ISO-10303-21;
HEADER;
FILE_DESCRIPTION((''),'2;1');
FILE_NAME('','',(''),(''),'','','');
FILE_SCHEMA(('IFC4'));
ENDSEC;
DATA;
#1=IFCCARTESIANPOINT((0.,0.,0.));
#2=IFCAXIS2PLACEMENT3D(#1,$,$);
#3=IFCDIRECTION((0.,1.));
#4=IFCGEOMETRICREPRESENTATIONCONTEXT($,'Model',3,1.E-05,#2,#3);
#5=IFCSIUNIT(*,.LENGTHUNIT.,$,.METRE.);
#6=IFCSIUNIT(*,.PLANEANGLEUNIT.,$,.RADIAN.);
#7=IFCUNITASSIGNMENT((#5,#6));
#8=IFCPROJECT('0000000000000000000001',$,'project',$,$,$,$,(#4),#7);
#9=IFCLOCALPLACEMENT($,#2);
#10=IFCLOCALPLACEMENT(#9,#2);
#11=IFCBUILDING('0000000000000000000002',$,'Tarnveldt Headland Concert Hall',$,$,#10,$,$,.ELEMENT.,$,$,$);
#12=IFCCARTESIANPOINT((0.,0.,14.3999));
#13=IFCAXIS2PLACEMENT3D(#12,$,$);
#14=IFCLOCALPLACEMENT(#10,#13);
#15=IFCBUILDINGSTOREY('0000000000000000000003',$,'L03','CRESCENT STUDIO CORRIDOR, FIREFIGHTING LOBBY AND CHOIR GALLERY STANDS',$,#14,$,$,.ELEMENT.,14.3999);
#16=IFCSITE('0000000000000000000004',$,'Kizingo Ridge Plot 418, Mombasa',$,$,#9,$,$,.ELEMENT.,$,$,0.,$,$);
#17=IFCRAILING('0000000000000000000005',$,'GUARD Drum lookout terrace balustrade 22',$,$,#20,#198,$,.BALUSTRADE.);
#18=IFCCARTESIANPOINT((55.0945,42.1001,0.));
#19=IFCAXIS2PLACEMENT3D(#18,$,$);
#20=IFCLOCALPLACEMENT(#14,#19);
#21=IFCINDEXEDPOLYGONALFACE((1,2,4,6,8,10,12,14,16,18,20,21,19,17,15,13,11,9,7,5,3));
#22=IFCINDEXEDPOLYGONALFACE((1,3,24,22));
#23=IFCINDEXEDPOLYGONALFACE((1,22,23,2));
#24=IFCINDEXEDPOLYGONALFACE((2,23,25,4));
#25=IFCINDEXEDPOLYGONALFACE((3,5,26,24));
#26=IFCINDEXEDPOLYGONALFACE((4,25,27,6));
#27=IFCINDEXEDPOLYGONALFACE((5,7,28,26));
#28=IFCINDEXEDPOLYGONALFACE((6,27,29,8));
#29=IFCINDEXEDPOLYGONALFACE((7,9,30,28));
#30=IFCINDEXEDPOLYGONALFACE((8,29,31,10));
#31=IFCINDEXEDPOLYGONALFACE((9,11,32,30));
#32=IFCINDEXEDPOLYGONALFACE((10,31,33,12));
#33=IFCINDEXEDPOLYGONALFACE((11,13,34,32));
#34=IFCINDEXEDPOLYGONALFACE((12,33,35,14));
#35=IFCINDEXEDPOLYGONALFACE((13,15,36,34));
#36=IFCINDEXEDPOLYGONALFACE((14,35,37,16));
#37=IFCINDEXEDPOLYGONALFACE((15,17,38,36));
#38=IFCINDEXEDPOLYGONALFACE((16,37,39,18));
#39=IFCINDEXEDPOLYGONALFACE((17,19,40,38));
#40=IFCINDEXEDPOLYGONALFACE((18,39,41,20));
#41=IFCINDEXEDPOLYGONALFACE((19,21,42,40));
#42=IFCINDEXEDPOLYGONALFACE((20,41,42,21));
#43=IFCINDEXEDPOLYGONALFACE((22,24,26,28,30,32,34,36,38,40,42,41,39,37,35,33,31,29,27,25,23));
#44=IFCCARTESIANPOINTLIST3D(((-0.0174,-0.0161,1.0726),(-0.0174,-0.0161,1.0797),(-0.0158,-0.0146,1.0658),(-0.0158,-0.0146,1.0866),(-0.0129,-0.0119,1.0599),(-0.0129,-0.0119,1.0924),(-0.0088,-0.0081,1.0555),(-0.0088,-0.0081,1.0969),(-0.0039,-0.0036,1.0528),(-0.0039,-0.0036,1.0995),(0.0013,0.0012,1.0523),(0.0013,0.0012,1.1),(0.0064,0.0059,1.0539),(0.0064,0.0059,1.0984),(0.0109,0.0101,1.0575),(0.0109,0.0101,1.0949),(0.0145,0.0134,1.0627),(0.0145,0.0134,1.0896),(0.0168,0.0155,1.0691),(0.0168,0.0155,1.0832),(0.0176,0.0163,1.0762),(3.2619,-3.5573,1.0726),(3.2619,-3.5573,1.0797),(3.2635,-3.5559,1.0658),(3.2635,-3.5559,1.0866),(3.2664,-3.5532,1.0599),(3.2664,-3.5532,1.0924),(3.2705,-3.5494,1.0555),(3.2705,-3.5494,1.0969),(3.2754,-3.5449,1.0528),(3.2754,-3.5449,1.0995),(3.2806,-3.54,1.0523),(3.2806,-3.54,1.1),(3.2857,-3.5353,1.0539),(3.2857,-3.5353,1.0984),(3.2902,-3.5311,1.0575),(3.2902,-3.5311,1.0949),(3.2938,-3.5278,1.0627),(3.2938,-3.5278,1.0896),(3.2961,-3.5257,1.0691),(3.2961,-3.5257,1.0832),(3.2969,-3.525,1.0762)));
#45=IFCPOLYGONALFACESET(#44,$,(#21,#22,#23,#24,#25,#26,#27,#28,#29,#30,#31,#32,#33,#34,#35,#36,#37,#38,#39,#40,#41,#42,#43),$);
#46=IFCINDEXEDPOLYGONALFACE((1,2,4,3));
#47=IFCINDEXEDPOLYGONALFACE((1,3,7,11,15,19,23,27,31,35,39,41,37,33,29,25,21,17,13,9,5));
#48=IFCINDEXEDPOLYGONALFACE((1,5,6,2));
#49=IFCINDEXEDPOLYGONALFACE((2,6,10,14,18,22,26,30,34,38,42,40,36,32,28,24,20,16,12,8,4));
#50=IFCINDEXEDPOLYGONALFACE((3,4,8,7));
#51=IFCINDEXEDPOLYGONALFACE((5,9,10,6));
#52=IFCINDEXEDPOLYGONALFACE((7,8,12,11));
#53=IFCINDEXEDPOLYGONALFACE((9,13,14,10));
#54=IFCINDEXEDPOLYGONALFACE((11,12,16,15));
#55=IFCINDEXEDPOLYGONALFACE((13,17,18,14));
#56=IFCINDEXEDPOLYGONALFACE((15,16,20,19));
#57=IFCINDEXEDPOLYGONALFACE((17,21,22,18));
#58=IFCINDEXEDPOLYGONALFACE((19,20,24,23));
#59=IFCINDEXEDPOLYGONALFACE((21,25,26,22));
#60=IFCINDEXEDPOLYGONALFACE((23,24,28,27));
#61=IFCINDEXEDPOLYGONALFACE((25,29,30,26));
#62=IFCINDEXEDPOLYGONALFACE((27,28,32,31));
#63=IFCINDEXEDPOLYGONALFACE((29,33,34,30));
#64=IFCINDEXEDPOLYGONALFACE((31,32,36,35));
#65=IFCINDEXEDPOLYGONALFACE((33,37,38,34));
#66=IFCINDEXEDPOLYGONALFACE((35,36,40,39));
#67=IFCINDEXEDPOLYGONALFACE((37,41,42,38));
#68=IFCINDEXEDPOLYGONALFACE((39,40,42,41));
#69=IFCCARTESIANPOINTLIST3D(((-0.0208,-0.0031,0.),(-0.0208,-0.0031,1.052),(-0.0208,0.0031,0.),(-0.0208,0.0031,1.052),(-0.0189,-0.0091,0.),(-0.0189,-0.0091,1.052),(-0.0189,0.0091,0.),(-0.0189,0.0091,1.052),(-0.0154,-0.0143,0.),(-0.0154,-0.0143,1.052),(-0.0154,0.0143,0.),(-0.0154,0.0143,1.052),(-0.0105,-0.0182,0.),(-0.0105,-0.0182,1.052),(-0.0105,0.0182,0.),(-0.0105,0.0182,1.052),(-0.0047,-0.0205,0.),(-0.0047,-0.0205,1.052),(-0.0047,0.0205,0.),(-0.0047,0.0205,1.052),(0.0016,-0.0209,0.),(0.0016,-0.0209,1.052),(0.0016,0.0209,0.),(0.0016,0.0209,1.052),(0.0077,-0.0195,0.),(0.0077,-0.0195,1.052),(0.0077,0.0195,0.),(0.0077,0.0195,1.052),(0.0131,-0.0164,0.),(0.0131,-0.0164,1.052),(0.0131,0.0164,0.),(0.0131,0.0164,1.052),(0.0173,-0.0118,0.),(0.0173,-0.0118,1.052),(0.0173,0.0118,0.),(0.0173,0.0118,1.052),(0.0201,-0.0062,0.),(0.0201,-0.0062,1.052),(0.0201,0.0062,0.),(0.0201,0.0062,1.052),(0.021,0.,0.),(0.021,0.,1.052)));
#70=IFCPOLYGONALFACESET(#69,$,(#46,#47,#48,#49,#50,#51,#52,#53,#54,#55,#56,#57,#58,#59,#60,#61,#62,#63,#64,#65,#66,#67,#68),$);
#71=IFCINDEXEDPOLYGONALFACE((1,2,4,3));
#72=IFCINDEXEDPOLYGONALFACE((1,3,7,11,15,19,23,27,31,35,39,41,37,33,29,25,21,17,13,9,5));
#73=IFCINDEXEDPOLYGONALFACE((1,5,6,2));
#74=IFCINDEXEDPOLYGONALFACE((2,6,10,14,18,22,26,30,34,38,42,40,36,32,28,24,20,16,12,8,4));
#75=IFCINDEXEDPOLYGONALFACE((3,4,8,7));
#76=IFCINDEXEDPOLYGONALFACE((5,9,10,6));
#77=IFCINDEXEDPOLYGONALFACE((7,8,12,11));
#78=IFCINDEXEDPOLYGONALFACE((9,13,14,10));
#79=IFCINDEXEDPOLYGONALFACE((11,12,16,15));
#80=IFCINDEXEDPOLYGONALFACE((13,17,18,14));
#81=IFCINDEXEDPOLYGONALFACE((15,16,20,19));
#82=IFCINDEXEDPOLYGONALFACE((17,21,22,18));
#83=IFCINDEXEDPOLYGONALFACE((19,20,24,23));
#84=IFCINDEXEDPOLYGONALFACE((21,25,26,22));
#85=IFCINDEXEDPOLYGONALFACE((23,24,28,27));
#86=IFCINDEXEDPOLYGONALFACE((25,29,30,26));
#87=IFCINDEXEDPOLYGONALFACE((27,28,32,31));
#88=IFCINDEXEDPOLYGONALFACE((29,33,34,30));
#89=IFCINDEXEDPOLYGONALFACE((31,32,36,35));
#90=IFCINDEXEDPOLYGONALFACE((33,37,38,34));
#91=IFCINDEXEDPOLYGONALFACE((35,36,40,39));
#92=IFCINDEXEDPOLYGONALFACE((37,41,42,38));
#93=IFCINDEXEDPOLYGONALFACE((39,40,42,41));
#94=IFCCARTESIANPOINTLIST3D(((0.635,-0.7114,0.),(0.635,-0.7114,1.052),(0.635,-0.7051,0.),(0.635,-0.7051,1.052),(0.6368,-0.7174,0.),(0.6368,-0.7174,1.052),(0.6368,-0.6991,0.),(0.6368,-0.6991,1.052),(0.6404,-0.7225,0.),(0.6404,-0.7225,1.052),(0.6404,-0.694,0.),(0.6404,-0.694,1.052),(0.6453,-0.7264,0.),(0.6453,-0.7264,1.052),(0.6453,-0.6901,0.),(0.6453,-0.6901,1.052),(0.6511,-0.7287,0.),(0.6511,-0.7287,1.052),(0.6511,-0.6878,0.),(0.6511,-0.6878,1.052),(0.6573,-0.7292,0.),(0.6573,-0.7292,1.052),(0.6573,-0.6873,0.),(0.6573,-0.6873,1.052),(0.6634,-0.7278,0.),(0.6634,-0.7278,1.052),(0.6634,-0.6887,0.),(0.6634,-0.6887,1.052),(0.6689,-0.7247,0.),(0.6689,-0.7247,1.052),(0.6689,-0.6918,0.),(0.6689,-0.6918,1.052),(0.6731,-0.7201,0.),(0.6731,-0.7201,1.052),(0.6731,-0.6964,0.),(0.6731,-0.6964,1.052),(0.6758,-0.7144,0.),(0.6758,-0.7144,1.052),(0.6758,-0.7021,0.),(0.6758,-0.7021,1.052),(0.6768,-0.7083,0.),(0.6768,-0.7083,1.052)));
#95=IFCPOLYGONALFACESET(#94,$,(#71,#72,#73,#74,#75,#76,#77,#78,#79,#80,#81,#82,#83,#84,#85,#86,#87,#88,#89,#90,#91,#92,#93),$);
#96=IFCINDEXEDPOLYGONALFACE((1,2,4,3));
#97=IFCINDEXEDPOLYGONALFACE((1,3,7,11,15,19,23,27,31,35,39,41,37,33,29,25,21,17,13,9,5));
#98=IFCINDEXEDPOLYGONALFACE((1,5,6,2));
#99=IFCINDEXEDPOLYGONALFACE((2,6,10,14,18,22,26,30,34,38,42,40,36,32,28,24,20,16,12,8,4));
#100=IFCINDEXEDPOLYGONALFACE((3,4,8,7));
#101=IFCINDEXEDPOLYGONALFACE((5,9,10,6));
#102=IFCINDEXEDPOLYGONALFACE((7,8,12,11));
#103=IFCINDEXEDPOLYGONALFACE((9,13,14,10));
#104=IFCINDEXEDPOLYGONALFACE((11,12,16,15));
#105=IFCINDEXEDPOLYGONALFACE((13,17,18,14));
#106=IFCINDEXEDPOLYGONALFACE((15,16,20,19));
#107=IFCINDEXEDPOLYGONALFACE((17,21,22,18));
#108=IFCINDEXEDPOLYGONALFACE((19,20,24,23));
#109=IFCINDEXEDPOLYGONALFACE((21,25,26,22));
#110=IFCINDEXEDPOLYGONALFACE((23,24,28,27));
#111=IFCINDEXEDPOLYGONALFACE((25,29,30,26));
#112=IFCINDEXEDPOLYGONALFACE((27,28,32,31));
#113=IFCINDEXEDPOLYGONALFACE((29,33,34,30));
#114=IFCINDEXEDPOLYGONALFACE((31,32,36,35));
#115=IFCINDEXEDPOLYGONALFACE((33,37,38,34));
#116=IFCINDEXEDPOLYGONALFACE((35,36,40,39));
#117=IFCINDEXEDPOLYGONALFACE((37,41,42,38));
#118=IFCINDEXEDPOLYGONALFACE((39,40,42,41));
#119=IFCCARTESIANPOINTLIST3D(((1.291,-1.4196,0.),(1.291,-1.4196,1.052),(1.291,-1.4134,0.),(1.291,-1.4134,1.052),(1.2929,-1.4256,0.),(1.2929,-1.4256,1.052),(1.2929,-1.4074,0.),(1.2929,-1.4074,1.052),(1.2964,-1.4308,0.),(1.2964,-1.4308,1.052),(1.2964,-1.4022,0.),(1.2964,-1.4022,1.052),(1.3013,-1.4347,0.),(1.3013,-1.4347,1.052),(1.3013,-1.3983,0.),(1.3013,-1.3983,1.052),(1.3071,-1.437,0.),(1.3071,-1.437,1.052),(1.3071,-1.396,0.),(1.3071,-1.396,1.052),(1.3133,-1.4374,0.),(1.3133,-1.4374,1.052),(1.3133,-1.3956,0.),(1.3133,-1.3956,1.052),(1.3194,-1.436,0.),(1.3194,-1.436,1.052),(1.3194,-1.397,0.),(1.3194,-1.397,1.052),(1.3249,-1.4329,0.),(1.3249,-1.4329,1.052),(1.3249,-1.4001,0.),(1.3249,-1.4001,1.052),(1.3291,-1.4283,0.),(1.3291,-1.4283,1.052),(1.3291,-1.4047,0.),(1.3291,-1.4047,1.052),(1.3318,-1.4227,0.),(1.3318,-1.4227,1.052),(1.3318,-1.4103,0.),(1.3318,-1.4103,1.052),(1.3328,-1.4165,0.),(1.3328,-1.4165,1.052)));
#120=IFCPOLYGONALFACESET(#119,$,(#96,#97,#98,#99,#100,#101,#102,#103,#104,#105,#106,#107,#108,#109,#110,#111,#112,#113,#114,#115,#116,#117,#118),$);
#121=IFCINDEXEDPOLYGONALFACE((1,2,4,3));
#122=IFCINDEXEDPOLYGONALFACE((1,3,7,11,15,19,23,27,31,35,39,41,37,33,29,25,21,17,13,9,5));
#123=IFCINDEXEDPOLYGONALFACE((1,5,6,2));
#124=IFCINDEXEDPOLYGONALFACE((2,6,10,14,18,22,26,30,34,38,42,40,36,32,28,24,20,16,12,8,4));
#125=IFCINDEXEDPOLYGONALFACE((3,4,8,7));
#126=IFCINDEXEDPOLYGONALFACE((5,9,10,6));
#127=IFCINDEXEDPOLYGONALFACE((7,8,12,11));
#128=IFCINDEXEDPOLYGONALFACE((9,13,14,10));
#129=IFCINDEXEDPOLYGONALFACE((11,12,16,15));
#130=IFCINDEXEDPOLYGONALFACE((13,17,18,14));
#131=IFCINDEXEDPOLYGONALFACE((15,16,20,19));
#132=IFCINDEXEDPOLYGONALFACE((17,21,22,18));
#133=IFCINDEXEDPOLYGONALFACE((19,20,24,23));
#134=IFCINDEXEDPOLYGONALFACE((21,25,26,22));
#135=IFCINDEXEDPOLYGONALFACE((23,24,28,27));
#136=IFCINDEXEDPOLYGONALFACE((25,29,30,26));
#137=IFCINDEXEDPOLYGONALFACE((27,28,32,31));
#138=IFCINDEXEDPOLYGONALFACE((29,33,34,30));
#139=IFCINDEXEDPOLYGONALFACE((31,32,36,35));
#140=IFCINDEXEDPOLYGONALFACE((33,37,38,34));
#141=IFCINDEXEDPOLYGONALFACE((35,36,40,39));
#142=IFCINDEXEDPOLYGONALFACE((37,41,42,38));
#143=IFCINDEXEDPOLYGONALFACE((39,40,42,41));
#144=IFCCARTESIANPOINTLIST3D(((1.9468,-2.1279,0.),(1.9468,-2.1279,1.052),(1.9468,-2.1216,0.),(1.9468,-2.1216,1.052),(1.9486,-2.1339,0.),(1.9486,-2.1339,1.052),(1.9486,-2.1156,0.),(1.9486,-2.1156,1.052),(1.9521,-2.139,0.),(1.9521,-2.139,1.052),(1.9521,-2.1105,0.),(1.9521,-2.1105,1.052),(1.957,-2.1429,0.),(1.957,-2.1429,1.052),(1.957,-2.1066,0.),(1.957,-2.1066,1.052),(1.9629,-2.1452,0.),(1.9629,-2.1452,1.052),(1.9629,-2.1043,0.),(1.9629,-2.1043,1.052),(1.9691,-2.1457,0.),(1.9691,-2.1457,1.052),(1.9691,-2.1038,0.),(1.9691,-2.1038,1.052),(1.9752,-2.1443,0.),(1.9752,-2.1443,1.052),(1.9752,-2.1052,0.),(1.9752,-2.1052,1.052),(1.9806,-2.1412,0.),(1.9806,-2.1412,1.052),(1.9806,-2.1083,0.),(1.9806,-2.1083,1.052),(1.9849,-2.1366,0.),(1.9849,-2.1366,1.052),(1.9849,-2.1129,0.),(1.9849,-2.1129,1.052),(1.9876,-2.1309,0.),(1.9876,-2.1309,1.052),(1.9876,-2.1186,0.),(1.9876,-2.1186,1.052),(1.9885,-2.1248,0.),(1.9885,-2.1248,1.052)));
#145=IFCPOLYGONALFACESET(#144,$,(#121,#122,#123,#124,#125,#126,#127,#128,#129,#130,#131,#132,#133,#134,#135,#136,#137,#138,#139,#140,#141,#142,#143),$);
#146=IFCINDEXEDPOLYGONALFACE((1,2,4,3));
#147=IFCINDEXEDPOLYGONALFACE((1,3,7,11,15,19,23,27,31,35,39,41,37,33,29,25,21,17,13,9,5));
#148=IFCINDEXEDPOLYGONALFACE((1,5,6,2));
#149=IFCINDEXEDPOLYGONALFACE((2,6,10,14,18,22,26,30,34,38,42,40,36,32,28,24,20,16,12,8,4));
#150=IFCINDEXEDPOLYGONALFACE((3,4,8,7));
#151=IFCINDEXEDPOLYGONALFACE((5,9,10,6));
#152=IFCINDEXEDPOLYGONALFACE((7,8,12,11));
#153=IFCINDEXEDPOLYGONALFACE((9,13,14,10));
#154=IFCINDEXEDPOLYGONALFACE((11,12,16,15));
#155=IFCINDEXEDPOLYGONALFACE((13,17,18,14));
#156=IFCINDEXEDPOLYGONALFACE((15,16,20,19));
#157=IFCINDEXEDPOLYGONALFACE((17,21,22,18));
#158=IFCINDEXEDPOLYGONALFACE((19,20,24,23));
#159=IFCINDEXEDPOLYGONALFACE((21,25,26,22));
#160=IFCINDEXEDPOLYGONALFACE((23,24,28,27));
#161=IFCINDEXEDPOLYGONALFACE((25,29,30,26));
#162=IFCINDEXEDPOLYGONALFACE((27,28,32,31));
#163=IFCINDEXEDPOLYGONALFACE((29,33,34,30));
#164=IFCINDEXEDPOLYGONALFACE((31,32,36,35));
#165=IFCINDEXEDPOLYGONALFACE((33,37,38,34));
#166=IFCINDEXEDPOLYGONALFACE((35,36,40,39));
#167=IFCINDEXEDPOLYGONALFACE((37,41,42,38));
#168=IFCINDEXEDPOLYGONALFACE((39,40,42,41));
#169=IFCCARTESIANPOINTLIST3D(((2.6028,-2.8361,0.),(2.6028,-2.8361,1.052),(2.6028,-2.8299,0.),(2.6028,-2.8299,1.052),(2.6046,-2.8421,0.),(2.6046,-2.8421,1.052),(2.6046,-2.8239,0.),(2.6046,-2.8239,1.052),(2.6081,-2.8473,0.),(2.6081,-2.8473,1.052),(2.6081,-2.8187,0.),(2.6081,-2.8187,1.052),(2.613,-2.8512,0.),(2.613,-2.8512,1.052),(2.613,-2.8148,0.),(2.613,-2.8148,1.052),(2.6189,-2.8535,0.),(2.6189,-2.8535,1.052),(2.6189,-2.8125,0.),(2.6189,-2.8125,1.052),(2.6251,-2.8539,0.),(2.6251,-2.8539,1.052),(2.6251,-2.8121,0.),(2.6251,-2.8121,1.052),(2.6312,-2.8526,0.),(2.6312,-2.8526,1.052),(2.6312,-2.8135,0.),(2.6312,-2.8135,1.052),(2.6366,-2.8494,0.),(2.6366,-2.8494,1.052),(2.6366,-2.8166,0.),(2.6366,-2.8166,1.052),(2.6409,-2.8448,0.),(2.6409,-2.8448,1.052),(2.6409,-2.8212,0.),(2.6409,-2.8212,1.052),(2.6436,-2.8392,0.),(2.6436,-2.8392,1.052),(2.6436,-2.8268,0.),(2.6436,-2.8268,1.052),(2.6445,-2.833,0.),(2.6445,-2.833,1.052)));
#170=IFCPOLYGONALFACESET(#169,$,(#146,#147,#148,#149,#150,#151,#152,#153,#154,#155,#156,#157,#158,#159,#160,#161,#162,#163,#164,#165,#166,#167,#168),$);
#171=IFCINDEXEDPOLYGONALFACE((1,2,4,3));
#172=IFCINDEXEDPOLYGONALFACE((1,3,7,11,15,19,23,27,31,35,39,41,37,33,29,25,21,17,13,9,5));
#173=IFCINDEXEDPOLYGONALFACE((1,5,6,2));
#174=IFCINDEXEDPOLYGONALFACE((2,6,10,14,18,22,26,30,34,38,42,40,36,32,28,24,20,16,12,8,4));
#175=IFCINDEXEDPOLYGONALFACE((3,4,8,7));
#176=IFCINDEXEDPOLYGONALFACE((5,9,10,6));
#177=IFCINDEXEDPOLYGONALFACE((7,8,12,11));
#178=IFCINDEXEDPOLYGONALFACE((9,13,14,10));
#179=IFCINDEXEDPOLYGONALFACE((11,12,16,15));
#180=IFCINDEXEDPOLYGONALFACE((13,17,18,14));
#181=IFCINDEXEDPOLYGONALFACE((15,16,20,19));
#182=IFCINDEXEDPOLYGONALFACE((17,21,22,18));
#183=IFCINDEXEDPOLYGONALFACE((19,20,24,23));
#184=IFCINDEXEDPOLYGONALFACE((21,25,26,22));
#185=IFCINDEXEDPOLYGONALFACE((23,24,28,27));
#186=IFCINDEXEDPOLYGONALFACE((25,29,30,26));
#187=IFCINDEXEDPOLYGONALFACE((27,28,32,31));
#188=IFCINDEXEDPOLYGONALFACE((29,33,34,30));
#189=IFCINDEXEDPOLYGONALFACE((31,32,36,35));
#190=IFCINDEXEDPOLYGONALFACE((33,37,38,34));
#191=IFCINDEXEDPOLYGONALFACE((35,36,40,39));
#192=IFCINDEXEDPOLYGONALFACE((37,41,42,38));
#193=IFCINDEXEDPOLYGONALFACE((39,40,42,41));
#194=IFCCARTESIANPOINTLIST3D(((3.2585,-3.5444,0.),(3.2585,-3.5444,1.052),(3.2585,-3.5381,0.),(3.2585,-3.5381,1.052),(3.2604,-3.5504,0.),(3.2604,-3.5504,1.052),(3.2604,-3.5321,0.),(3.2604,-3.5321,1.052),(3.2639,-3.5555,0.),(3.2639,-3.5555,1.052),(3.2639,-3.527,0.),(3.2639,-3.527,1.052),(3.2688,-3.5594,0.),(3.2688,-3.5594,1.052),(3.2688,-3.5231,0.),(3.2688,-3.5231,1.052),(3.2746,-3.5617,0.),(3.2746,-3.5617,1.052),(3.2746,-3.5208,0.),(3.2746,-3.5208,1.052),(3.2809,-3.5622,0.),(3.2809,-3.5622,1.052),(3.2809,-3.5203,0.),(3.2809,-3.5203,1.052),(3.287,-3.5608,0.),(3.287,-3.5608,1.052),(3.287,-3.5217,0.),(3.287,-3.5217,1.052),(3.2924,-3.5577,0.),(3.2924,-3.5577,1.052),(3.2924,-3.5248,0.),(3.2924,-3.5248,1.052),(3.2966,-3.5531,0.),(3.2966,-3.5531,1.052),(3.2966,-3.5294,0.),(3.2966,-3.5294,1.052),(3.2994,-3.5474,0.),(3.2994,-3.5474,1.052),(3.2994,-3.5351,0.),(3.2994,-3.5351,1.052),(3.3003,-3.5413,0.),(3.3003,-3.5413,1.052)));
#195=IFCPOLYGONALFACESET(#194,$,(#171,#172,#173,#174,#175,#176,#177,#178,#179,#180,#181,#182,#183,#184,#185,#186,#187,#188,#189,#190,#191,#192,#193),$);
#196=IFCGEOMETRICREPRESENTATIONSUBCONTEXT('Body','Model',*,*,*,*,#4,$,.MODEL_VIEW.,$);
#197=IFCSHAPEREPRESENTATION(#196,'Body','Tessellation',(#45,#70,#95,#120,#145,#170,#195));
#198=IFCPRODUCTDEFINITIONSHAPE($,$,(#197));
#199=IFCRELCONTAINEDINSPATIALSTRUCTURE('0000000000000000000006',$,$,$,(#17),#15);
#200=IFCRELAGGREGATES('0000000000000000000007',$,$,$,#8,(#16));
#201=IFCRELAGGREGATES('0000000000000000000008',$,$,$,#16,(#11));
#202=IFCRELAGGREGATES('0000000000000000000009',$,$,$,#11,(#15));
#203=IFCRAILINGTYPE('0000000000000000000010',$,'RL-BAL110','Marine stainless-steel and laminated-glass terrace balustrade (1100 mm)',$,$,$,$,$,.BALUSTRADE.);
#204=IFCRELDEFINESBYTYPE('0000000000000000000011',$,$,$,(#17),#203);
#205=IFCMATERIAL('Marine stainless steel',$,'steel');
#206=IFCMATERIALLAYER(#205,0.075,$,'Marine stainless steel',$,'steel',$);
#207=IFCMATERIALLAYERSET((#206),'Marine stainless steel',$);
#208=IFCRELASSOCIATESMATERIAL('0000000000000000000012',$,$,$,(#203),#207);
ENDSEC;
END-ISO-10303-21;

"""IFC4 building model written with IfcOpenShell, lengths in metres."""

from ifc_helpers import new_model, si_unit, direction, frame, origin, origin_2d, place, context, subcontext, project, spatial, circle, extrude, material, layer, layer_set, type_object, element, save


model = new_model("IFC4")

# Units and contexts
model_context = context("Model", 3, precision=1e-05, world=origin(), true_north=direction((0.0, 1.0)))
body_context = subcontext(model_context, "Body", "Model", "MODEL_VIEW")
ifc_project = project(units=[si_unit("LENGTHUNIT", "METRE"), si_unit("PLANEANGLEUNIT", "RADIAN")], contexts=[model_context])

# Site, building, storey
site_placement = place(None, origin())
site = spatial("IfcSite", under=ifc_project, at=site_placement, Name="Kizingo Ridge Plot 418, Mombasa", CompositionType="ELEMENT", RefElevation=0.0)
building_placement = place(site_placement, origin())
building = spatial("IfcBuilding", under=site, at=building_placement, Name="Tarnveldt Headland Concert Hall", CompositionType="ELEMENT")
storey_placement = place(building_placement, frame((0.0, 0.0, 14.3999)))
storey = spatial("IfcBuildingStorey", under=building, at=storey_placement, Name="L03", Description="CRESCENT STUDIO CORRIDOR, FIREFIGHTING LOBBY AND CHOIR GALLERY STANDS", CompositionType="ELEMENT", Elevation=14.3999)

# Railing
ifc_material_1 = material(Name="Marine stainless steel", Category="steel")
ifc_layer_1 = layer(ifc_material_1, 0.075, Name="Marine stainless steel", Category="steel")
ifc_layer_set_1 = layer_set([ifc_layer_1], Name="Marine stainless steel")
railing_type = type_object("IfcRailingType", Name="RL-BAL110", Description="Marine stainless-steel and laminated-glass terrace balustrade (1100 mm)", PredefinedType="BALUSTRADE", material=ifc_layer_set_1)
railing_1_placement = place(storey_placement, frame((55.0945, 42.1001, 0.0)))
element("IfcRailing", 1, at=railing_1_placement, inside=storey, type_object=railing_type, Name="GUARD Drum lookout terrace balustrade 22", PredefinedType="BALUSTRADE", context=body_context, shape_type="SweptSolid", body=[
    extrude(circle(Radius=0.0239, at=origin_2d()), frame((0.0, 0.0, 1.0762), z_axis=(0.679447, -0.733724, 0.0), x_axis=(0.733724, 0.679447, 0.0)), (0.0, 0.0, 1.0), 4.8264),
    extrude(circle(Radius=0.021, at=origin_2d()), origin(), (0.0, 0.0, 1.0), 1.052),
    extrude(circle(Radius=0.021, at=origin_2d()), frame((0.6558, -0.7083, 0.0)), (0.0, 0.0, 1.0), 1.052),
    extrude(circle(Radius=0.021, at=origin_2d()), frame((1.3118, -1.4165, 0.0)), (0.0, 0.0, 1.0), 1.052),
    extrude(circle(Radius=0.021, at=origin_2d()), frame((1.9675, -2.1248, 0.0)), (0.0, 0.0, 1.0), 1.052),
    extrude(circle(Radius=0.021, at=origin_2d()), frame((2.6235, -2.833, 0.0)), (0.0, 0.0, 1.0), 1.052),
    extrude(circle(Radius=0.021, at=origin_2d()), frame((3.2793, -3.5413, 0.0)), (0.0, 0.0, 1.0), 1.052),
])

save(model, "model.ifc")
